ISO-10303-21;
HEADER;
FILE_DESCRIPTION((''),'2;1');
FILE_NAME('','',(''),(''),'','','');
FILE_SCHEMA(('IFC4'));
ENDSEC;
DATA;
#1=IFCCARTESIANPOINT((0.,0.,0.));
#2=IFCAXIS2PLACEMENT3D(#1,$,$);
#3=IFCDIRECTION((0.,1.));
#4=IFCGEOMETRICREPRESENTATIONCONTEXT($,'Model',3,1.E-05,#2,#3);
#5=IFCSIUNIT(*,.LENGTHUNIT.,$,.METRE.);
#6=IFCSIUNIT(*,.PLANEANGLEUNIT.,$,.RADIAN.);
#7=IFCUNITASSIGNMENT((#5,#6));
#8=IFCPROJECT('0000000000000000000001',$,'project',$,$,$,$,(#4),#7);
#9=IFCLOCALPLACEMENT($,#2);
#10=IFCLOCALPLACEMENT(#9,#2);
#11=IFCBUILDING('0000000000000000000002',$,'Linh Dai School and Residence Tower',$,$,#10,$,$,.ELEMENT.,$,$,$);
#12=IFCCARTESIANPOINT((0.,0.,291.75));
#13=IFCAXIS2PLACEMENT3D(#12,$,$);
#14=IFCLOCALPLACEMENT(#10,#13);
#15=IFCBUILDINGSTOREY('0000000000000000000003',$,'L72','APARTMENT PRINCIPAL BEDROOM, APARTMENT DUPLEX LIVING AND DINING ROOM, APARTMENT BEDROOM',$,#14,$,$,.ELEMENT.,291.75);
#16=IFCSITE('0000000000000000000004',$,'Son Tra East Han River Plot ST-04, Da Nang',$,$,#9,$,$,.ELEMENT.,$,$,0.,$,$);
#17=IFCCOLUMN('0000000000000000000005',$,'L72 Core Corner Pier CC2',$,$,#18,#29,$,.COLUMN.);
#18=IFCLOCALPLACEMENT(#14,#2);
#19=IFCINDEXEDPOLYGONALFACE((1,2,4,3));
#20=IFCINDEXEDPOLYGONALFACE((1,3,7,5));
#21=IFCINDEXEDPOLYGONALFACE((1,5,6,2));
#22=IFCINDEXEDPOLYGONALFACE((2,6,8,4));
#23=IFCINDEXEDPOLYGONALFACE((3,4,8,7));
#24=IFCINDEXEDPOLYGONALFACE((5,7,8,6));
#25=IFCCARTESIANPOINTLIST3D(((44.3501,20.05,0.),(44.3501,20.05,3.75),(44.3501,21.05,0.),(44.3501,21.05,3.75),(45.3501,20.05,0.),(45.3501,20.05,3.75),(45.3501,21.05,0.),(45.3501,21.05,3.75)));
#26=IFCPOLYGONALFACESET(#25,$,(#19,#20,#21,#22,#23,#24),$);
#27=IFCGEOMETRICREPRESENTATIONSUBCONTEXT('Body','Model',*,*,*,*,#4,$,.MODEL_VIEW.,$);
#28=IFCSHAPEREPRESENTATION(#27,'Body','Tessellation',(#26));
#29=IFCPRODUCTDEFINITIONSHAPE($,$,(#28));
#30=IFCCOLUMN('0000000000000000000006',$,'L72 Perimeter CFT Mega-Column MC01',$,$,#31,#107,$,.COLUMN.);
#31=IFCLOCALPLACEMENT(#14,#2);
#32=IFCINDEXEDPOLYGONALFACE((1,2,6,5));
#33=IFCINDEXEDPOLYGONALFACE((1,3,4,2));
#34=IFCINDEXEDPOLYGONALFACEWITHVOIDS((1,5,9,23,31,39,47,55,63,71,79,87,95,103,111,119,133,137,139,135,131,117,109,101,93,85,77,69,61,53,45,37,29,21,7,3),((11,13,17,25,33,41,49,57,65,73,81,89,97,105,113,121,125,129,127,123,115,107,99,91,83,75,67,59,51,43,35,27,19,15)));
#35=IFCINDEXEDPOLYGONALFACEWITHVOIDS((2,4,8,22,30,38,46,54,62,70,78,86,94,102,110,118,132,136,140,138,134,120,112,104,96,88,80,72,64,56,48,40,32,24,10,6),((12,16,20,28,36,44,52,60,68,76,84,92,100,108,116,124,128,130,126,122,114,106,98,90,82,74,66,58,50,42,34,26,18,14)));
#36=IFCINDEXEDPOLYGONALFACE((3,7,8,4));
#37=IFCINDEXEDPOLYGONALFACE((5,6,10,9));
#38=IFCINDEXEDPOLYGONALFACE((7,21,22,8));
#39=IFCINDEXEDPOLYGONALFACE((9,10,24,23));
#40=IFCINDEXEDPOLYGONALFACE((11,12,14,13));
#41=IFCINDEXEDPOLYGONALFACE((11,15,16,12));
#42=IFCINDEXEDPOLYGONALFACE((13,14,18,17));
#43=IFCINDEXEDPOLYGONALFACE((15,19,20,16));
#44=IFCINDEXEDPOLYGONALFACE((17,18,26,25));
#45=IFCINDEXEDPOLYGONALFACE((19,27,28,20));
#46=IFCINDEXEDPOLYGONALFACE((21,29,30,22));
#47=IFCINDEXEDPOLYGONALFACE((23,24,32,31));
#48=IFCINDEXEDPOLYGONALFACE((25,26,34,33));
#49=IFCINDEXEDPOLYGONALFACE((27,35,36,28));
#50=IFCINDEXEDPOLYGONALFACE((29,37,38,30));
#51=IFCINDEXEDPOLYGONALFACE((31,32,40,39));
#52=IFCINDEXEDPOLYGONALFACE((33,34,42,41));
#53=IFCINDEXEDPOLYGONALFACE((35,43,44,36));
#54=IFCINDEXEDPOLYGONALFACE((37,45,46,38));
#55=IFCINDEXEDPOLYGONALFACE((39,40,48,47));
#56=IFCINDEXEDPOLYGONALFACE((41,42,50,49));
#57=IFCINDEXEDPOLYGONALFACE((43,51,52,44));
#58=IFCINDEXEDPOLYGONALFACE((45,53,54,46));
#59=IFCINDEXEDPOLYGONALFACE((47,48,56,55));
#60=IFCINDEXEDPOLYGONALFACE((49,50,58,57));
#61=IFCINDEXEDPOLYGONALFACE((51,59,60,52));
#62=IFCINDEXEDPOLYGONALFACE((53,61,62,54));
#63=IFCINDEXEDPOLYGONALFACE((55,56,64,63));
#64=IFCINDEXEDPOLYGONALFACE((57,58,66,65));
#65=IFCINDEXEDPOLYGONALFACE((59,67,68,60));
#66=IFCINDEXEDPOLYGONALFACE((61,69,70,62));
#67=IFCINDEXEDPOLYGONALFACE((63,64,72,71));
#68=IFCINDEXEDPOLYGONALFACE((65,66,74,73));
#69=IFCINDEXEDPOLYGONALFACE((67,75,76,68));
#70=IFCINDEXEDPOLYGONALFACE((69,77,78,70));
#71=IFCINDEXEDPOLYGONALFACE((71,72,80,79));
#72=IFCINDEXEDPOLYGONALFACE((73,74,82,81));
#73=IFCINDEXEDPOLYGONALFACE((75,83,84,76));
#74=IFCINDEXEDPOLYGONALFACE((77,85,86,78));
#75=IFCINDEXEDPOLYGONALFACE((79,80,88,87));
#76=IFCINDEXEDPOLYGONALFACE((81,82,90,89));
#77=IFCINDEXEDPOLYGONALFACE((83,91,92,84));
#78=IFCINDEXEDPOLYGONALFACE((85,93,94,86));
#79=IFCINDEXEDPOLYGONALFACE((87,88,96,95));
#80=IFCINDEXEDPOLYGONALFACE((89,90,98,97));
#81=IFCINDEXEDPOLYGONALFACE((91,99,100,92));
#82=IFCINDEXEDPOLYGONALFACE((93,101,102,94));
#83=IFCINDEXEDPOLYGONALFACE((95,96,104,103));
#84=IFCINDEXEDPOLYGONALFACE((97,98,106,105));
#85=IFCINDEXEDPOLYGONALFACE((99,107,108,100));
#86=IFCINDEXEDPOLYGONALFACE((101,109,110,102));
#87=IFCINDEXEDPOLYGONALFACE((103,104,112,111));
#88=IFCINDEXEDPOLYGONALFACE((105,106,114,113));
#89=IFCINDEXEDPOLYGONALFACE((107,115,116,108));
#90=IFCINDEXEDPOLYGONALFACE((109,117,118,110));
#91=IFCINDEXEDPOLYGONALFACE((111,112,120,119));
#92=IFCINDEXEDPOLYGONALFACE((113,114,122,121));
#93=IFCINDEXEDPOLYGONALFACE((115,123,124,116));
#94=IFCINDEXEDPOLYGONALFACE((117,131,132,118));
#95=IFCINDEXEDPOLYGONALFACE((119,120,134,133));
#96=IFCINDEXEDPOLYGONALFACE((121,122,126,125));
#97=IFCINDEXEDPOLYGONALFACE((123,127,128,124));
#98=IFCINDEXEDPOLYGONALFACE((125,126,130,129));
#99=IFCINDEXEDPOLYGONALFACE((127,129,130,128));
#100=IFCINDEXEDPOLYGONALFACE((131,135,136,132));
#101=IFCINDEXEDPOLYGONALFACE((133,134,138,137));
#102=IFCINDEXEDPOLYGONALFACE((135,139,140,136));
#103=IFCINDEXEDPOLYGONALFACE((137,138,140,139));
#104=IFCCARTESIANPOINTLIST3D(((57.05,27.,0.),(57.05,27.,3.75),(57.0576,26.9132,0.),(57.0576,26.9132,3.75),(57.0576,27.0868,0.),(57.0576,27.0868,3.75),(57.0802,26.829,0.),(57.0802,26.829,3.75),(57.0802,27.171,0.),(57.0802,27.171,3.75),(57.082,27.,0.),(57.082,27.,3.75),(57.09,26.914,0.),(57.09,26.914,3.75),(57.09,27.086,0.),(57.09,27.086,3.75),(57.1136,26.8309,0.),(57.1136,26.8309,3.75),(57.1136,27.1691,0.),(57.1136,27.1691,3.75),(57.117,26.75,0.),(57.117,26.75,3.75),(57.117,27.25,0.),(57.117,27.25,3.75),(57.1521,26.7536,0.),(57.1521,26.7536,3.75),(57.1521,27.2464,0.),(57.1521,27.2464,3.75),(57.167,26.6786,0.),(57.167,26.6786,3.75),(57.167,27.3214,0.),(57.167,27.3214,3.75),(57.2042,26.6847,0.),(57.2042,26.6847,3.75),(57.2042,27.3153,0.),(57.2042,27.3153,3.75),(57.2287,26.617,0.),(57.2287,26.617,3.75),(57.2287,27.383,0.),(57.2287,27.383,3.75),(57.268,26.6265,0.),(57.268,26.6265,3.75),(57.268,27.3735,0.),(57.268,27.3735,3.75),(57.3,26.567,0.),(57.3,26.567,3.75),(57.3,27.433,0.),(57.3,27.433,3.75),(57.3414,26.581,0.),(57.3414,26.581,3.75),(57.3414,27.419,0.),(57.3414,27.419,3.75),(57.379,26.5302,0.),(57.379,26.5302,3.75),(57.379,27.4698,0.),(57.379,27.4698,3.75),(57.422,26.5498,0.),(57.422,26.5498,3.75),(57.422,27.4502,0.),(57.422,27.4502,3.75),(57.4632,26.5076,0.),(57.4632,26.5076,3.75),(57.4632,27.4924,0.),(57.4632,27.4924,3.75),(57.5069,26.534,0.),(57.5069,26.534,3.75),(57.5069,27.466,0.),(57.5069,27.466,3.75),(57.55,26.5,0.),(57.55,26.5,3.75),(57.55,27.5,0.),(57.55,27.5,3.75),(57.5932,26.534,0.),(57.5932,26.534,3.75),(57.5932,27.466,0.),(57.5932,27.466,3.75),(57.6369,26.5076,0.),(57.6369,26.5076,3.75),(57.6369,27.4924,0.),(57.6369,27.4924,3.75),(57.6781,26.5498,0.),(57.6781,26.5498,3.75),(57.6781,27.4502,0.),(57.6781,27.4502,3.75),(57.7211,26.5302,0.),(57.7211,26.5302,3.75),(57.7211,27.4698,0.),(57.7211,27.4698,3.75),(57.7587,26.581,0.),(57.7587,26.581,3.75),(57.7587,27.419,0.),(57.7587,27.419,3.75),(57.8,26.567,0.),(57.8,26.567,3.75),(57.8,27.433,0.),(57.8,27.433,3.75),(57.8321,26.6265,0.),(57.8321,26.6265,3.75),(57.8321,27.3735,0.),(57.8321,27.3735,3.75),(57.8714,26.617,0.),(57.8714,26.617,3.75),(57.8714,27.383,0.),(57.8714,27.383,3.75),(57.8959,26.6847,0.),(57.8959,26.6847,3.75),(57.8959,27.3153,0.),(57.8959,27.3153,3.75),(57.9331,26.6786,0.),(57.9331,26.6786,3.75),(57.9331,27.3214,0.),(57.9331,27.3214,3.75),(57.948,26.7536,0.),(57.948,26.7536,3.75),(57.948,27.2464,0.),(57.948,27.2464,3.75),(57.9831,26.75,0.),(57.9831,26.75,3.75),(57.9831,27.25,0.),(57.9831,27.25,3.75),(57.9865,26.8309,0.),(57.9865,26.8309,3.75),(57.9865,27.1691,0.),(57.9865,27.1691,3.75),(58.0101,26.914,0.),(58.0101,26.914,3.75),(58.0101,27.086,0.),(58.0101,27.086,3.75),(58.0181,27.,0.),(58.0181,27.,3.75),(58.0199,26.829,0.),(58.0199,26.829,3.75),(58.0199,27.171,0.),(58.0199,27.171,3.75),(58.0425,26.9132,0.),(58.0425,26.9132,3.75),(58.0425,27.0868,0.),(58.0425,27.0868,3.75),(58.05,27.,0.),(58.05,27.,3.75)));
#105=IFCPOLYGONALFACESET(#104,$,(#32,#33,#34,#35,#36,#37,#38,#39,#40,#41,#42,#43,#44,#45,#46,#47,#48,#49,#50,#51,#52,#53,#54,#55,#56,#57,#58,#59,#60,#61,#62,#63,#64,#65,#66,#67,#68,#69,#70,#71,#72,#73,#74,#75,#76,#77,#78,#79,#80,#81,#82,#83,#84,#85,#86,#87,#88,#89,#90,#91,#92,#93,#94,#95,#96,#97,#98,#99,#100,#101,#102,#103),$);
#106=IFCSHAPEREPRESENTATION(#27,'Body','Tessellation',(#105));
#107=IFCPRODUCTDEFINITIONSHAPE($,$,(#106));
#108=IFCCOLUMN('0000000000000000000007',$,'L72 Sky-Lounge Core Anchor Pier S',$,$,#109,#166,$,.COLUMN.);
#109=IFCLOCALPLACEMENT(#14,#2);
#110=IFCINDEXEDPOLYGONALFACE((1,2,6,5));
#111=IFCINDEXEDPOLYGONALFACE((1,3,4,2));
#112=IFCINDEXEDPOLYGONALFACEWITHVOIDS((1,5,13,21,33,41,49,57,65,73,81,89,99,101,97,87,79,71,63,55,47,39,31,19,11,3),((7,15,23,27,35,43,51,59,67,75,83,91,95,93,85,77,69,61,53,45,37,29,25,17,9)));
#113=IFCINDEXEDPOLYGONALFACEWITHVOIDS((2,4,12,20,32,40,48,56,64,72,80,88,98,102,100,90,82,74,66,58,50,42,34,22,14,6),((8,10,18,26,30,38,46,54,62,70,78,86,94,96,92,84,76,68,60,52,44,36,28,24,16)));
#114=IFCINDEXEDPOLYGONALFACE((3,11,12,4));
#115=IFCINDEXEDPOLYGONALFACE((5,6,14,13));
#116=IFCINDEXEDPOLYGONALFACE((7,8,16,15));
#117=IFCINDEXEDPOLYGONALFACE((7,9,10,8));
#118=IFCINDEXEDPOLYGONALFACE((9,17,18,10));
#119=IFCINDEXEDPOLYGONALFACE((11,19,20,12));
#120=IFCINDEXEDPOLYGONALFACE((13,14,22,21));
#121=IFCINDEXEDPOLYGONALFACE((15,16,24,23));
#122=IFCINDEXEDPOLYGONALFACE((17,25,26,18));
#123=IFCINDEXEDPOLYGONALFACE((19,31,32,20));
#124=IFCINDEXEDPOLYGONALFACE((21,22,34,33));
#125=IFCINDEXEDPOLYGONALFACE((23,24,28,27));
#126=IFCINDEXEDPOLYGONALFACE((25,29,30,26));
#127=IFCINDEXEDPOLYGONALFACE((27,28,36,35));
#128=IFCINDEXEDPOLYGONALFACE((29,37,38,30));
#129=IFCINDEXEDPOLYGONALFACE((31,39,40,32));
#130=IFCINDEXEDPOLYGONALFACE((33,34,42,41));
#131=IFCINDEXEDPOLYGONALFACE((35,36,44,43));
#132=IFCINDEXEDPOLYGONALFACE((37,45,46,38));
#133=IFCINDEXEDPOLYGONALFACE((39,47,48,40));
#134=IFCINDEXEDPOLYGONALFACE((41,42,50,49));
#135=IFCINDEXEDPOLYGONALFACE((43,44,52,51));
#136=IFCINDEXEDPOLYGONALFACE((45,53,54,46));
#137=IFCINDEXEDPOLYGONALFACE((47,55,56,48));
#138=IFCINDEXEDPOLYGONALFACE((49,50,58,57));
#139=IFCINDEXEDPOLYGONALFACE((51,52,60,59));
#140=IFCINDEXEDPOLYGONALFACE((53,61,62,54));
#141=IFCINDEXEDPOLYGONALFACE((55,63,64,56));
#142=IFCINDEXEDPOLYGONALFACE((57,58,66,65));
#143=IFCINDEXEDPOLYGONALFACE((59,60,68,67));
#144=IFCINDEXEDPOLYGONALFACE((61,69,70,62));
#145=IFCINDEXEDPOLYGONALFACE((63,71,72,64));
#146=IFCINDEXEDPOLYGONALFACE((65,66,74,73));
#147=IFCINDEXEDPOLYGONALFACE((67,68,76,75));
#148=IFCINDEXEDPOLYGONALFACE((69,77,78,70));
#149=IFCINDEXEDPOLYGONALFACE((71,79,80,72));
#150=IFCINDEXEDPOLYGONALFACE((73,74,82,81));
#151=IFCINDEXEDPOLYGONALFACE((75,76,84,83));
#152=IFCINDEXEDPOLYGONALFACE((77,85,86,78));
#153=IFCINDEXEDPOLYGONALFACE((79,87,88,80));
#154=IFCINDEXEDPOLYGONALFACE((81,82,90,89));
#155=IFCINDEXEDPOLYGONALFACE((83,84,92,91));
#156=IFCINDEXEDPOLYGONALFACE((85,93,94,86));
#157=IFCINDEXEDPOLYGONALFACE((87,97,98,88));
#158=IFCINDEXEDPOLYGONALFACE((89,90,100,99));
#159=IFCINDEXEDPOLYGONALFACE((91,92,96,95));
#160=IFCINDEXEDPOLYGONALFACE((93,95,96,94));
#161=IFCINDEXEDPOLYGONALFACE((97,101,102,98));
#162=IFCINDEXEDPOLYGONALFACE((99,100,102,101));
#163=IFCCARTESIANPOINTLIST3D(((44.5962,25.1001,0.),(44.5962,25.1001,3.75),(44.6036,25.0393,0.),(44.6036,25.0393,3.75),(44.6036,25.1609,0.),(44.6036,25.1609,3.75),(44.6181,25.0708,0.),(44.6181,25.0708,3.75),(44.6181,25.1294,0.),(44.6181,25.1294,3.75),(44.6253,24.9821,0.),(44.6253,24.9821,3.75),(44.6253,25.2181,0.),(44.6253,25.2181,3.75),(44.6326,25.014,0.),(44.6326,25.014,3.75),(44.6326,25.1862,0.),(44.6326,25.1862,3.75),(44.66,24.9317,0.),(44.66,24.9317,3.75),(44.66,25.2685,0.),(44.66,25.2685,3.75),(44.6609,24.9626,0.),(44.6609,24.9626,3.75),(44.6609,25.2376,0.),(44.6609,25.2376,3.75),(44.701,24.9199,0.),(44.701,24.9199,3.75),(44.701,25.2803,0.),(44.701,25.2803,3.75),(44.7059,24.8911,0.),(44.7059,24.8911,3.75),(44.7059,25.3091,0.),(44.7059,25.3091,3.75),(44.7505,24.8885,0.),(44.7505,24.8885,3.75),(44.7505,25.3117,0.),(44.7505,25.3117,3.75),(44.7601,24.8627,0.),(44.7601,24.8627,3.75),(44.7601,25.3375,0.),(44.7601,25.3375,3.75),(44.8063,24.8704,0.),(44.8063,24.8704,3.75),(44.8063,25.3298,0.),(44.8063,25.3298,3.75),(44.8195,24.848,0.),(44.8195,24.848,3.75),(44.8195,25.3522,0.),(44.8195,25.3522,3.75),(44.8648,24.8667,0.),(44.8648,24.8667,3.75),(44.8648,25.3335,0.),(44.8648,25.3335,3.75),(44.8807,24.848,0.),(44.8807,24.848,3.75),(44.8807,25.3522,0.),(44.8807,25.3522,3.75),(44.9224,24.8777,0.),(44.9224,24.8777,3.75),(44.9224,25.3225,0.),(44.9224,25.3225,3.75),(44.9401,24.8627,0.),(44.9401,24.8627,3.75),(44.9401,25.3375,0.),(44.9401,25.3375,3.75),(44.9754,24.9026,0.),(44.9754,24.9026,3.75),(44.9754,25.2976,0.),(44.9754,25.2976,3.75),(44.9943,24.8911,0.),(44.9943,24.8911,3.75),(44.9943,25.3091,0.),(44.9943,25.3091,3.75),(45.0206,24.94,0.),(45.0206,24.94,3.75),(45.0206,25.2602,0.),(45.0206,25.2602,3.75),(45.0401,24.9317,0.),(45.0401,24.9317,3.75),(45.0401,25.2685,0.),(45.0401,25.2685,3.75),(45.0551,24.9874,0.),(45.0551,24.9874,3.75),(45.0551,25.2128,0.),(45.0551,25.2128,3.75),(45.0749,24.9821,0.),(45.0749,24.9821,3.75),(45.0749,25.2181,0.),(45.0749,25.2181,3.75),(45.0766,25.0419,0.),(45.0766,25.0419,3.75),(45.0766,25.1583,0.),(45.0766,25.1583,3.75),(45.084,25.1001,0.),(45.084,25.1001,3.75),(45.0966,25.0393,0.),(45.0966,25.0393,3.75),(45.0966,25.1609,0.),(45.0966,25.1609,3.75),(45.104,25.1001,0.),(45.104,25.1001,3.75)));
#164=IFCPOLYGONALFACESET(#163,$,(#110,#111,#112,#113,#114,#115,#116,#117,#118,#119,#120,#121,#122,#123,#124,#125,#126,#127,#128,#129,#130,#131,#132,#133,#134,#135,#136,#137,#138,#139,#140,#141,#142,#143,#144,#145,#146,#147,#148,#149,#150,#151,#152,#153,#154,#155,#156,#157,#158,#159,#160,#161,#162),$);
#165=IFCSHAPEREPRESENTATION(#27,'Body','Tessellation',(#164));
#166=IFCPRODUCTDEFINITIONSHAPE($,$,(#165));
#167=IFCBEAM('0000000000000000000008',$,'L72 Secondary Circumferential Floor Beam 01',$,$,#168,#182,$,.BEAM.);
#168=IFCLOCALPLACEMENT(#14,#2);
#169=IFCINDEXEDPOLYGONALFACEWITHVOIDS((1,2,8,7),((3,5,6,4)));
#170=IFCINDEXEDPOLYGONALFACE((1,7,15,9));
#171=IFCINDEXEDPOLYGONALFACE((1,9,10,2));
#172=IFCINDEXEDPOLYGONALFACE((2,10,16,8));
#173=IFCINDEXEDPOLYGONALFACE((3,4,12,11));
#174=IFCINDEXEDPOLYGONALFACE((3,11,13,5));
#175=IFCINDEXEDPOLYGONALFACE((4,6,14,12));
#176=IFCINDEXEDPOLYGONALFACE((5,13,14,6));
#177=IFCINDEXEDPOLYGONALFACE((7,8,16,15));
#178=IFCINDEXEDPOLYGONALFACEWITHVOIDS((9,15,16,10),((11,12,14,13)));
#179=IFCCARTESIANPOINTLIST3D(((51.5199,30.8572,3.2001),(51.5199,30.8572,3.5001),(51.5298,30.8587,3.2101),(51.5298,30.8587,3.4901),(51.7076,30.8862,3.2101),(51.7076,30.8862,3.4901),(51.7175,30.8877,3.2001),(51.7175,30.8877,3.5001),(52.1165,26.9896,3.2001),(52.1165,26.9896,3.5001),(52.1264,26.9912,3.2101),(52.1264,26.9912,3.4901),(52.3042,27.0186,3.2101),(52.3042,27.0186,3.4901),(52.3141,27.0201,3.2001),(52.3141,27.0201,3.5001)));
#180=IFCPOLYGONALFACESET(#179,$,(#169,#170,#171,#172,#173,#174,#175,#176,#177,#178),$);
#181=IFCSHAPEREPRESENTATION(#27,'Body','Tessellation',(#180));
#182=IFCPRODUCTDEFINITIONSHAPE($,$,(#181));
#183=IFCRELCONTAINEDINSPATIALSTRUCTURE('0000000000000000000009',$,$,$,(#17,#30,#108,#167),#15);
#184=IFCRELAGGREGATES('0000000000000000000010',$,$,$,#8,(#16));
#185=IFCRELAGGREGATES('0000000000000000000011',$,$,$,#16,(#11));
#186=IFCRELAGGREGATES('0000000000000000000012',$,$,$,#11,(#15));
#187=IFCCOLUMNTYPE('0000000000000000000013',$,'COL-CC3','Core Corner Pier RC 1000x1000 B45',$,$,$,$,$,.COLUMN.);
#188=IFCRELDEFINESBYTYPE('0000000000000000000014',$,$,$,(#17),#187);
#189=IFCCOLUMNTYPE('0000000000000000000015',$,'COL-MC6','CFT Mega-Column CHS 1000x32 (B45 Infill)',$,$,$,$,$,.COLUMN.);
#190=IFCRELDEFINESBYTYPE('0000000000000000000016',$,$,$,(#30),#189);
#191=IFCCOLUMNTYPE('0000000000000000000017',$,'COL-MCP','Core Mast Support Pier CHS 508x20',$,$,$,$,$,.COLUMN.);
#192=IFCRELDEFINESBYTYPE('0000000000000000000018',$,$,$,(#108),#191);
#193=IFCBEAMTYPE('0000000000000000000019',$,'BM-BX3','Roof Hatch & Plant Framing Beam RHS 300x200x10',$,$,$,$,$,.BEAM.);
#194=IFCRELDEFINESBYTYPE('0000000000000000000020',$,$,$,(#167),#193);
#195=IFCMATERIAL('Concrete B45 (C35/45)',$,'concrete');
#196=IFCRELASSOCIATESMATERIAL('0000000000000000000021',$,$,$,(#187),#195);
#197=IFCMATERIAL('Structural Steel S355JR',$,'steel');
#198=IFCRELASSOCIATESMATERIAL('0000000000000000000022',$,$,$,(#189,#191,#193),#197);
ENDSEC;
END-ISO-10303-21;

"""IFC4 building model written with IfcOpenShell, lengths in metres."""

from ifc_helpers import new_model, si_unit, direction, frame, origin, origin_2d, place, context, subcontext, project, spatial, rectangle, hollow_rectangle, hollow_circle, extrude, material, material_profile, profile_set, type_object, element, save


model = new_model("IFC4")

# Units and contexts
model_context = context("Model", 3, precision=1e-05, world=origin(), true_north=direction((0.0, 1.0)))
body_context = subcontext(model_context, "Body", "Model", "MODEL_VIEW")
ifc_project = project(units=[si_unit("LENGTHUNIT", "METRE"), si_unit("PLANEANGLEUNIT", "RADIAN")], contexts=[model_context])

# Site, building, storey
site_placement = place(None, origin())
site = spatial("IfcSite", under=ifc_project, at=site_placement, Name="Son Tra East Han River Plot ST-04, Da Nang", CompositionType="ELEMENT", RefElevation=0.0)
building_placement = place(site_placement, origin())
building = spatial("IfcBuilding", under=site, at=building_placement, Name="Linh Dai School and Residence Tower", CompositionType="ELEMENT")
storey_placement = place(building_placement, frame((0.0, 0.0, 291.75)))
storey = spatial("IfcBuildingStorey", under=building, at=storey_placement, Name="L72", Description="APARTMENT PRINCIPAL BEDROOM, APARTMENT DUPLEX LIVING AND DINING ROOM, APARTMENT BEDROOM", CompositionType="ELEMENT", Elevation=291.75)

# Columns
ifc_material_1 = material(Name="Concrete B45 (C35/45)", Category="concrete")
ifc_material_profile_1 = material_profile(ifc_material_1, rectangle(XDim=1.0, YDim=1.0, at=origin_2d()), Name="RC 1000x1000")
ifc_profile_set_1 = profile_set([ifc_material_profile_1], Name="Concrete B45 (C35/45)")
column_type_1 = type_object("IfcColumnType", Name="COL-CC3", Description="Core Corner Pier RC 1000x1000 B45", PredefinedType="COLUMN", material=ifc_profile_set_1)
column_1_placement = place(storey_placement, frame((44.8501, 20.55, 0.0), z_axis=(0.0, 0.0, 1.0), x_axis=(1.0, 0.0, 0.0)))
element("IfcColumn", 1, at=column_1_placement, inside=storey, type_object=column_type_1, Name="L72 Core Corner Pier CC2", PredefinedType="COLUMN", context=body_context, shape_type="SweptSolid", body=[
    extrude(rectangle(XDim=1.0, YDim=1.0, at=origin_2d()), origin(), (0.0, 0.0, 1.0), 3.75),
])
ifc_material_2 = material(Name="Structural Steel S355JR", Category="steel")
ifc_material_profile_2 = material_profile(ifc_material_2, hollow_circle(Radius=0.5, WallThickness=0.032, at=origin_2d()), Name="CHS 1000x32")
ifc_profile_set_2 = profile_set([ifc_material_profile_2], Name="Structural Steel S355JR")
column_type_2 = type_object("IfcColumnType", Name="COL-MC6", Description="CFT Mega-Column CHS 1000x32 (B45 Infill)", PredefinedType="COLUMN", material=ifc_profile_set_2)
column_2_placement = place(storey_placement, frame((57.55, 27.0, 0.0), z_axis=(0.0, 0.0, 1.0), x_axis=(1.0, 0.0, 0.0)))
element("IfcColumn", 2, at=column_2_placement, inside=storey, type_object=column_type_2, Name="L72 Perimeter CFT Mega-Column MC01", PredefinedType="COLUMN", context=body_context, shape_type="SweptSolid", body=[
    extrude(hollow_circle(Radius=0.5, WallThickness=0.032, at=origin_2d()), origin(), (0.0, 0.0, 1.0), 3.75),
])
ifc_material_profile_3 = material_profile(ifc_material_2, hollow_circle(Radius=0.2539, WallThickness=0.02, at=origin_2d()), Name="CHS 508x20")
ifc_profile_set_3 = profile_set([ifc_material_profile_3], Name="Structural Steel S355JR")
column_type_3 = type_object("IfcColumnType", Name="COL-MCP", Description="Core Mast Support Pier CHS 508x20", PredefinedType="COLUMN", material=ifc_profile_set_3)
column_3_placement = place(storey_placement, frame((44.8501, 25.1001, 0.0), z_axis=(0.0, 0.0, 1.0), x_axis=(1.0, 0.0, 0.0)))
element("IfcColumn", 3, at=column_3_placement, inside=storey, type_object=column_type_3, Name="L72 Sky-Lounge Core Anchor Pier S", PredefinedType="COLUMN", context=body_context, shape_type="SweptSolid", body=[
    extrude(hollow_circle(Radius=0.2539, WallThickness=0.02, at=origin_2d()), origin(), (0.0, 0.0, 1.0), 3.75),
])

# Beam
ifc_material_profile_4 = material_profile(ifc_material_2, hollow_rectangle(XDim=0.2, YDim=0.3, WallThickness=0.01, at=origin_2d()), Name="RHS 300x200x10")
ifc_profile_set_4 = profile_set([ifc_material_profile_4], Name="Structural Steel S355JR")
beam_type_1 = type_object("IfcBeamType", Name="BM-BX3", Description="Roof Hatch & Plant Framing Beam RHS 300x200x10", PredefinedType="BEAM", material=ifc_profile_set_4)
beam_1_placement = place(storey_placement, frame((52.2153, 27.0049, 3.3501), z_axis=(-0.15247, 0.988308, 0.0), x_axis=(-0.988308, -0.15247, 0.0)))
element("IfcBeam", 4, at=beam_1_placement, inside=storey, type_object=beam_type_1, Name="L72 Secondary Circumferential Floor Beam 01", PredefinedType="BEAM", context=body_context, shape_type="SweptSolid", body=[
    extrude(hollow_rectangle(XDim=0.2, YDim=0.3, WallThickness=0.01, at=origin_2d()), origin(), (0.0, 0.0, 1.0), 3.9133),
])

save(model, "model.ifc")
